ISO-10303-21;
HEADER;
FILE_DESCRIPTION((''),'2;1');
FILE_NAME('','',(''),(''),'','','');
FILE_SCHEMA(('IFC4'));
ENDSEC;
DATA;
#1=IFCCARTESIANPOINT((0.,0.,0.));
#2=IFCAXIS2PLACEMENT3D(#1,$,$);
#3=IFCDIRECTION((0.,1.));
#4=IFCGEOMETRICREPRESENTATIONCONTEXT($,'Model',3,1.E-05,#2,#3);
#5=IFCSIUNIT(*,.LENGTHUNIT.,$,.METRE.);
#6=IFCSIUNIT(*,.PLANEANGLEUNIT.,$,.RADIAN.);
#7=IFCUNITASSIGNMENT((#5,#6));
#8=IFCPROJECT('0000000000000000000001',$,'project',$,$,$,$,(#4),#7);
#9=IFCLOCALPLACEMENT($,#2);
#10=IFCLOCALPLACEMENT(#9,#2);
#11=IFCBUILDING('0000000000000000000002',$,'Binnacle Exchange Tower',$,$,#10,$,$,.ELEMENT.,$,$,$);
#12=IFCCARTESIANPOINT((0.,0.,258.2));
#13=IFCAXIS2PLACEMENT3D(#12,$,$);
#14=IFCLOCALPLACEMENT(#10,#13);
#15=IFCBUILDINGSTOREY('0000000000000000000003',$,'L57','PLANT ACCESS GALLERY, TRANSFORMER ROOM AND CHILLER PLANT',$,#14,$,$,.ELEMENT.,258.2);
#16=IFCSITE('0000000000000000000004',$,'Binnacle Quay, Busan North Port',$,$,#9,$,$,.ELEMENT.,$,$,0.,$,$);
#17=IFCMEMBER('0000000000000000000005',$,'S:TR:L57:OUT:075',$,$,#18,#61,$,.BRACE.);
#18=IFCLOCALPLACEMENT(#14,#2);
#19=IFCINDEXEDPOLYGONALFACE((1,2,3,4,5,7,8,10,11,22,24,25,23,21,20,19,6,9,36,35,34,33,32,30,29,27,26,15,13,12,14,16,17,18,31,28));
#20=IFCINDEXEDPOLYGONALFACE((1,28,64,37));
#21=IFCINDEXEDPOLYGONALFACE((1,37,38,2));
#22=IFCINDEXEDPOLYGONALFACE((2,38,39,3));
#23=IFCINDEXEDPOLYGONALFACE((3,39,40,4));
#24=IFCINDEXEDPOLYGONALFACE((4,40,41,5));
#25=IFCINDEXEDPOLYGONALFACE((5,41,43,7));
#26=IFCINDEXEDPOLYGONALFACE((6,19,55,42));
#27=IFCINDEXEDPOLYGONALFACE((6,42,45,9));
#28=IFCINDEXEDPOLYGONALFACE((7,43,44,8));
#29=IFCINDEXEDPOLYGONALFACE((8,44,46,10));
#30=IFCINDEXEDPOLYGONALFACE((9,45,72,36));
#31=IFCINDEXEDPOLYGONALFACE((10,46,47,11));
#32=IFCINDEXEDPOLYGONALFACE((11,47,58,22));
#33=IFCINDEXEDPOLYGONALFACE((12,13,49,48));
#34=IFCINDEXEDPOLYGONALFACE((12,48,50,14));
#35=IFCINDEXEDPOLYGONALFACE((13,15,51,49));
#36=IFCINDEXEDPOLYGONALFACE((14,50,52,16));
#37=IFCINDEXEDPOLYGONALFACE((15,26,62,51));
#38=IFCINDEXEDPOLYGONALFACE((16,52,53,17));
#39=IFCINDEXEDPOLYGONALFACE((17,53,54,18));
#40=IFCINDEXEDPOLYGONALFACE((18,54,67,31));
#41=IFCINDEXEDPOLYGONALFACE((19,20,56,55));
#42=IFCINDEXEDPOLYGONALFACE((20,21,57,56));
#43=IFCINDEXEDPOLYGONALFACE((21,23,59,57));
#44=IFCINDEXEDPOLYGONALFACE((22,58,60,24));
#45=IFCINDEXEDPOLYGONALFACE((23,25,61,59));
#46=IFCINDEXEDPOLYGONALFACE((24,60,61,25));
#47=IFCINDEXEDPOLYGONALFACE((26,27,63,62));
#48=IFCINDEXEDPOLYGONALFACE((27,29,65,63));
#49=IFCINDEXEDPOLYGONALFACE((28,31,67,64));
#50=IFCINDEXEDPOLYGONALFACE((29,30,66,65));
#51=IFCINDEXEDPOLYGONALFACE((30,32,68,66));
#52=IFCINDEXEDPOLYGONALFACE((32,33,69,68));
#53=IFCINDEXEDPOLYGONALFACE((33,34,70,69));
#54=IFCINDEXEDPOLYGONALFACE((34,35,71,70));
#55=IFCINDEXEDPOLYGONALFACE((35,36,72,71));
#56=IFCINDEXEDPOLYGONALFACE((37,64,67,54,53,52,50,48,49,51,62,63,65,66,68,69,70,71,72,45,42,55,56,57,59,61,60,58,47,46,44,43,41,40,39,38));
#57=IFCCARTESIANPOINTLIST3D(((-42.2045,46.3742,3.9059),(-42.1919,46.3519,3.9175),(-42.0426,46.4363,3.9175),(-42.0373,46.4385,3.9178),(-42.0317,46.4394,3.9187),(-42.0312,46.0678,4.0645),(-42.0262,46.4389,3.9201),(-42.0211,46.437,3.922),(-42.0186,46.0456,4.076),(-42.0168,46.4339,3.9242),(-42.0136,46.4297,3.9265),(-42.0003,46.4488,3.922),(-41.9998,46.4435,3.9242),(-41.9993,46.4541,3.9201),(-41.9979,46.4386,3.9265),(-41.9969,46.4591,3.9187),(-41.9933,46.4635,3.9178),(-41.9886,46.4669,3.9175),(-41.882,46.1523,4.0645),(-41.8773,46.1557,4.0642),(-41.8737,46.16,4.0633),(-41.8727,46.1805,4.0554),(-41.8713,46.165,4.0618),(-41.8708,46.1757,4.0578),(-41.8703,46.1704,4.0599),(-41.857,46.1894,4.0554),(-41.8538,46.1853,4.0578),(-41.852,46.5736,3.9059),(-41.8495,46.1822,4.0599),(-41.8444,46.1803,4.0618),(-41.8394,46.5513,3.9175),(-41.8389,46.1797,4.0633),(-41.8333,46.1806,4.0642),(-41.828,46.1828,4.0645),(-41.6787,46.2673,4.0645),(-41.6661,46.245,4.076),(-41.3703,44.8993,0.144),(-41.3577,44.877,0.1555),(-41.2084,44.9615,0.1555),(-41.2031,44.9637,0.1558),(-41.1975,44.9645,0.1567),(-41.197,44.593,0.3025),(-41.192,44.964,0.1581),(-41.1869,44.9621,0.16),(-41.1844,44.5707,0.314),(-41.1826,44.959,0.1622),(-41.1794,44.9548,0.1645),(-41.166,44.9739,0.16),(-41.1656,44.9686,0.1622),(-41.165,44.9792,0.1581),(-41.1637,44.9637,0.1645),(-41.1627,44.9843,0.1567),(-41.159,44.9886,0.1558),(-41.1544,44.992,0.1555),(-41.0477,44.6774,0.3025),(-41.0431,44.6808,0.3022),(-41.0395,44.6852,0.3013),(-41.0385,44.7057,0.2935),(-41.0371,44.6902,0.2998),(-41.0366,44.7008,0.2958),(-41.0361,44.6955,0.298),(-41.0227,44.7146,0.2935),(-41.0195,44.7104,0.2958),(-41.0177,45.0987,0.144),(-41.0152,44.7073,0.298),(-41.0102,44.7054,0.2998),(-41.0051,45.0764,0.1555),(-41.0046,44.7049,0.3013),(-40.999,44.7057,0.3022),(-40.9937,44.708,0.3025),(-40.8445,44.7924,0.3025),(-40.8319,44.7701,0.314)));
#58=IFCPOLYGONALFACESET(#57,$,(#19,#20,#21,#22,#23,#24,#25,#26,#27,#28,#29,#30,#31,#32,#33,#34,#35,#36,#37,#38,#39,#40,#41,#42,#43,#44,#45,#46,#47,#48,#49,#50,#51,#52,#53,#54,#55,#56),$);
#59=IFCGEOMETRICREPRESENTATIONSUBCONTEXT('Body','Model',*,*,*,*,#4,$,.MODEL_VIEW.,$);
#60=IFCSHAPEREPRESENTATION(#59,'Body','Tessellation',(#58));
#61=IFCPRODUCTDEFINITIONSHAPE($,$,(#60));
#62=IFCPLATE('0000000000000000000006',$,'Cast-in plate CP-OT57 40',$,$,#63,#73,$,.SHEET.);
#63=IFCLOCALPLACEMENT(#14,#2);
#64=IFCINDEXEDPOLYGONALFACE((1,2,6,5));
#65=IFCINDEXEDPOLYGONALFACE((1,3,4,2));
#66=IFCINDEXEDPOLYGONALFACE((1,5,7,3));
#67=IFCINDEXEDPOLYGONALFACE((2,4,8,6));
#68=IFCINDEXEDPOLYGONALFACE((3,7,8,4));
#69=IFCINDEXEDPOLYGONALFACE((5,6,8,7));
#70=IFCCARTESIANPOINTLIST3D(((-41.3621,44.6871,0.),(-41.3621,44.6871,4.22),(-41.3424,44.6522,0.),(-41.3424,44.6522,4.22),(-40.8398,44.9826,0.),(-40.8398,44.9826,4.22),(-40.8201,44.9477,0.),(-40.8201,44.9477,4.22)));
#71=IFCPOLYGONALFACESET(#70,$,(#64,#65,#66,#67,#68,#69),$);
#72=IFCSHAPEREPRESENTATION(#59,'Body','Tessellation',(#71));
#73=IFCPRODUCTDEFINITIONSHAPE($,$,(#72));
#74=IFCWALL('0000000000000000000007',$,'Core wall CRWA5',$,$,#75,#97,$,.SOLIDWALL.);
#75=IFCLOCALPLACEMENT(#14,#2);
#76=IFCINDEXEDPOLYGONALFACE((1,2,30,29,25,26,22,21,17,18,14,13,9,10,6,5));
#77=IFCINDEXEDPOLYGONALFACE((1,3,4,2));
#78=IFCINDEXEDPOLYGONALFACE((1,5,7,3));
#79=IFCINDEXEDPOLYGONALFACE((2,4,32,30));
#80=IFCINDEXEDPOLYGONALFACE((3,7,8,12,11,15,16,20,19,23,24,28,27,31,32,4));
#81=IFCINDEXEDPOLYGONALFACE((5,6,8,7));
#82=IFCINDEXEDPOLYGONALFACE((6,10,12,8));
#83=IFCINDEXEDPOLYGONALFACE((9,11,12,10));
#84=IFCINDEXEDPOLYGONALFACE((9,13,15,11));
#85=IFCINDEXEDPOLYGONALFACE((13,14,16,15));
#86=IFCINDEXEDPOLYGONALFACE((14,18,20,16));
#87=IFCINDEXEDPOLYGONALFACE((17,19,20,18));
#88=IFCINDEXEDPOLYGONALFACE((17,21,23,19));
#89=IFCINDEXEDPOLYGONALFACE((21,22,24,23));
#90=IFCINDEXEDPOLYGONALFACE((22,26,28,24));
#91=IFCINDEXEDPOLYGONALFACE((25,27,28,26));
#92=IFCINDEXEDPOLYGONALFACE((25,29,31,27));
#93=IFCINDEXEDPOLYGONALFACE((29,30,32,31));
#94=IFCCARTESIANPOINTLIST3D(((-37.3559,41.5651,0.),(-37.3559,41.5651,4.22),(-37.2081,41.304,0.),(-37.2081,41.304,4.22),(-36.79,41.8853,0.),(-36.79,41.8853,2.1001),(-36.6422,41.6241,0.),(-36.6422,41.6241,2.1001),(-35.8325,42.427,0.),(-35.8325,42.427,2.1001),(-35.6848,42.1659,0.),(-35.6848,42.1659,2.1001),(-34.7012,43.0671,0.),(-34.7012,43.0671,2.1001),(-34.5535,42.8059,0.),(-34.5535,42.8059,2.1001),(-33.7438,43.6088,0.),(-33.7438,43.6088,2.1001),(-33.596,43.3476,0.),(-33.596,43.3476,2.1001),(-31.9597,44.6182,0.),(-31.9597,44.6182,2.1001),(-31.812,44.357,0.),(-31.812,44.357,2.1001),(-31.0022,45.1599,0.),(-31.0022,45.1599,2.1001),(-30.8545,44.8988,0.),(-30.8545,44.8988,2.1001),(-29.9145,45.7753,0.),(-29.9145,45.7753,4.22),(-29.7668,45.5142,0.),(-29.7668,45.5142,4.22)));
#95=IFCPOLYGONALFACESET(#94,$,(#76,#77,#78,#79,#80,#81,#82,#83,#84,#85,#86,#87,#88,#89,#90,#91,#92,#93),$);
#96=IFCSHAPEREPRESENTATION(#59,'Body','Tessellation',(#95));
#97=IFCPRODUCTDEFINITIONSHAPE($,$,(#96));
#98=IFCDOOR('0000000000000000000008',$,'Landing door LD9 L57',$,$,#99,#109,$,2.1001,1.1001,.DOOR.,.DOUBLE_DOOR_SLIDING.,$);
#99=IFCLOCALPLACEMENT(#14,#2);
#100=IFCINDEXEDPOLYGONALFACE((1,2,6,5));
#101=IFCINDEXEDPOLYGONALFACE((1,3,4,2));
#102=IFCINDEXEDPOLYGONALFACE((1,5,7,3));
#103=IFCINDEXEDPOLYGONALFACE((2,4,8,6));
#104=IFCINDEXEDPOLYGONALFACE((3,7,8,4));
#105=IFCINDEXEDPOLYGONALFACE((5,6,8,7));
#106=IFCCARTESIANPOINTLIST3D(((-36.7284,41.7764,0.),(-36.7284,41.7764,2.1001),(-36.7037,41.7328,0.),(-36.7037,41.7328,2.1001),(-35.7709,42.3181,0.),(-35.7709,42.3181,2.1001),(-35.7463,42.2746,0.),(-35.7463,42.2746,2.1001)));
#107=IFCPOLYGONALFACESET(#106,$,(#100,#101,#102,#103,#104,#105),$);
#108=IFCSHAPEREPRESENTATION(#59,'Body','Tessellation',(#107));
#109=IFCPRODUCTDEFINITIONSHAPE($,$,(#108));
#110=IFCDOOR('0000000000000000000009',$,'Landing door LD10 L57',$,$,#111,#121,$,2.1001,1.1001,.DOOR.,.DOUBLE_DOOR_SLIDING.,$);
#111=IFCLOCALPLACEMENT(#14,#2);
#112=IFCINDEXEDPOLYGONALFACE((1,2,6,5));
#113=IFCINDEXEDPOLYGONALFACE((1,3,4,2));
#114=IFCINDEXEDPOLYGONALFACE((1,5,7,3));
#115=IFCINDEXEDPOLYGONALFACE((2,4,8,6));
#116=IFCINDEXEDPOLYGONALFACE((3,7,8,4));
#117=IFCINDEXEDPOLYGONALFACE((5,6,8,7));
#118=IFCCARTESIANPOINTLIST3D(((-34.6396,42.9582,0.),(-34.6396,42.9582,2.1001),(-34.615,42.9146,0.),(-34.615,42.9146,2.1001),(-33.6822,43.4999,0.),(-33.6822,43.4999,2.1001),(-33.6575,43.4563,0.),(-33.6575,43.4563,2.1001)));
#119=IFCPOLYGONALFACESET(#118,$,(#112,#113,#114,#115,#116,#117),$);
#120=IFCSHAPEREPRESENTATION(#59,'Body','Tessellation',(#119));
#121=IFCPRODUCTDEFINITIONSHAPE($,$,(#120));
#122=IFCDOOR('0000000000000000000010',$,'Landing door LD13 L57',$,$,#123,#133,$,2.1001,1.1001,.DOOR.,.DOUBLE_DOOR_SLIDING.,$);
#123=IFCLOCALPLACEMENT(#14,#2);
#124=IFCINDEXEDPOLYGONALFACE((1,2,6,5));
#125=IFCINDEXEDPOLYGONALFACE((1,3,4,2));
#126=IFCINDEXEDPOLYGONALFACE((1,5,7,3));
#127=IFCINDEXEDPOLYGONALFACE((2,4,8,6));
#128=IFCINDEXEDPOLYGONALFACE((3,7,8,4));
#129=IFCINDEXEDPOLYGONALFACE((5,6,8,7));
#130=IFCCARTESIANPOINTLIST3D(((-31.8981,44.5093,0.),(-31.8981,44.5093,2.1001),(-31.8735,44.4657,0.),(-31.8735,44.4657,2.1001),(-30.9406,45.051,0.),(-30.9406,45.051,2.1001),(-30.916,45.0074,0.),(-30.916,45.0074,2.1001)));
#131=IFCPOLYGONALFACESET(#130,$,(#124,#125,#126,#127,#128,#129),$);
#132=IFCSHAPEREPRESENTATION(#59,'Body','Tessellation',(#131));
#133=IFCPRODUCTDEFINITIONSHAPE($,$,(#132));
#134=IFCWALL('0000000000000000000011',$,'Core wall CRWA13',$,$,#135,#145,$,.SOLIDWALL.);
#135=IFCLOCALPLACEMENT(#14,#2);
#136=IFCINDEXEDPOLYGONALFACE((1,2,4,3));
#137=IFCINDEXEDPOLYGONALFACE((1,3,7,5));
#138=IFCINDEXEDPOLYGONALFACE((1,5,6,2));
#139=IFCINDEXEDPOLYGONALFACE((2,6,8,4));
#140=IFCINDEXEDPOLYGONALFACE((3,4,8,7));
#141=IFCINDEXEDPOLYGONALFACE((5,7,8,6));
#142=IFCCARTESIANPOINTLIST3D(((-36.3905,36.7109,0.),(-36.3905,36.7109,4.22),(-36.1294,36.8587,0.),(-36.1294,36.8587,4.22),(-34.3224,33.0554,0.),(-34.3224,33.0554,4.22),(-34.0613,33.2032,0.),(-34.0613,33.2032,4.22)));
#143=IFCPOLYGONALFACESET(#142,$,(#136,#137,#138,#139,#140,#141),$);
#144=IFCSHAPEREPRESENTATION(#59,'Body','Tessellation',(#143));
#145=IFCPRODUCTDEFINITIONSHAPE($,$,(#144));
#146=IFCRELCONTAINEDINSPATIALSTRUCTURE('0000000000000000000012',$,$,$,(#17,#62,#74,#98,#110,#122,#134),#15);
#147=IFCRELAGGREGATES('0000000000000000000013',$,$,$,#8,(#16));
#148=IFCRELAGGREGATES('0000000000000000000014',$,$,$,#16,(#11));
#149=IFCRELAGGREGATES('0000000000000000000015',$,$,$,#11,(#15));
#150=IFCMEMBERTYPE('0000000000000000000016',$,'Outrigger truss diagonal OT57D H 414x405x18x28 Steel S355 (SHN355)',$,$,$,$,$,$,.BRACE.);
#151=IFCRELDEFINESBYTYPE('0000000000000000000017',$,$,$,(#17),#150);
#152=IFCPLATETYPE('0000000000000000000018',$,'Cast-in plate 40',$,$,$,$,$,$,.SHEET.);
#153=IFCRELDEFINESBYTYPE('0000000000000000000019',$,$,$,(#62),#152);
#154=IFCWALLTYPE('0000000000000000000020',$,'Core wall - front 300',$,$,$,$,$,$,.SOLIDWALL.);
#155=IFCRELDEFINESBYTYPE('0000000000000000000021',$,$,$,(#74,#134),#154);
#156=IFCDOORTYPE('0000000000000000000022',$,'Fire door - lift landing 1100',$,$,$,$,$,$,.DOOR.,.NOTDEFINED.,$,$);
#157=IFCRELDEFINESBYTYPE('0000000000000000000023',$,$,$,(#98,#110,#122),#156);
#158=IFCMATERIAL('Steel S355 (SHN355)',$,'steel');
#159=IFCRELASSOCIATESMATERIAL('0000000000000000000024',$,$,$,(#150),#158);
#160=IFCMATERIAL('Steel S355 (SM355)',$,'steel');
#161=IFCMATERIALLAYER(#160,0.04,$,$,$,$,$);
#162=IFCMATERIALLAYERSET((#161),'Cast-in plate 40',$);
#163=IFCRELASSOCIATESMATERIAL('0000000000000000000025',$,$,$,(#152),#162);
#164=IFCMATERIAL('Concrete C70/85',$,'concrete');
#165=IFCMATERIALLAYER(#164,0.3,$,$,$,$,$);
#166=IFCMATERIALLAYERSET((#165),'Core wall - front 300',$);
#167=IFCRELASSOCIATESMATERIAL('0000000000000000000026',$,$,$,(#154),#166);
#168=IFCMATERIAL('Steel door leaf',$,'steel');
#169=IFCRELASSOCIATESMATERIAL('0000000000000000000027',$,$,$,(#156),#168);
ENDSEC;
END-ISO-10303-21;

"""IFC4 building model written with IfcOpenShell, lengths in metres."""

from ifc_helpers import new_model, si_unit, direction, frame, frame_2d, origin, origin_2d, place, context, subcontext, project, spatial, rectangle, i_section, extrude, material, layer, layer_set, material_profile, profile_set, type_object, element, fill, save


model = new_model("IFC4")

# Units and contexts
model_context = context("Model", 3, precision=1e-05, world=origin(), true_north=direction((0.0, 1.0)))
body_context = subcontext(model_context, "Body", "Model", "MODEL_VIEW")
ifc_project = project(units=[si_unit("LENGTHUNIT", "METRE"), si_unit("PLANEANGLEUNIT", "RADIAN")], contexts=[model_context])

# Site, building, storey
site_placement = place(None, origin())
site = spatial("IfcSite", under=ifc_project, at=site_placement, Name="Binnacle Quay, Busan North Port", CompositionType="ELEMENT", RefElevation=0.0)
building_placement = place(site_placement, origin())
building = spatial("IfcBuilding", under=site, at=building_placement, Name="Binnacle Exchange Tower", CompositionType="ELEMENT")
storey_placement = place(building_placement, frame((0.0, 0.0, 258.2)))
storey = spatial("IfcBuildingStorey", under=building, at=storey_placement, Name="L57", Description="PLANT ACCESS GALLERY, TRANSFORMER ROOM AND CHILLER PLANT", CompositionType="ELEMENT", Elevation=258.2)

# Shared definitions
ifc_material_1 = material(Name="Steel S355 (SHN355)", Category="steel")

# Member
ifc_material_profile_1 = material_profile(ifc_material_1, i_section(OverallWidth=0.405, OverallDepth=0.4141, WebThickness=0.0181, FlangeThickness=0.0281, FilletRadius=0.022, at=origin_2d()), Name="H 414x405x18x28")
ifc_profile_set_1 = profile_set([ifc_material_profile_1], Name="Steel S355 (SHN355)")
member_type_1 = type_object("IfcMemberType", Name="Outrigger truss diagonal OT57D H 414x405x18x28 Steel S355 (SHN355)", PredefinedType="BRACE", material=ifc_profile_set_1)
member_1_placement = place(storey_placement, frame((-41.9353, 46.3096, 3.991), z_axis=(0.20219, -0.357458, -0.91178), x_axis=(0.870407, 0.492333, 0.0)))
element("IfcMember", 1, at=member_1_placement, inside=storey, type_object=member_type_1, Name="S:TR:L57:OUT:075", PredefinedType="BRACE", context=body_context, shape_type="SweptSolid", body=[
    extrude(i_section(OverallWidth=0.405, OverallDepth=0.4141, WebThickness=0.0181, FlangeThickness=0.0281, FilletRadius=0.022, at=origin_2d()), origin(), (0.0, 0.0, 1.0), 4.126),
])

# Plate
ifc_material_2 = material(Name="Steel S355 (SM355)", Category="steel")
ifc_layer_1 = layer(ifc_material_2, 0.04)
ifc_layer_set_1 = layer_set([ifc_layer_1], Name="Cast-in plate 40")
plate_type = type_object("IfcPlateType", Name="Cast-in plate 40", PredefinedType="SHEET", material=ifc_layer_set_1)
plate_placement = place(storey_placement, frame((-41.0911, 44.8174, 0.0), z_axis=(0.0, 0.0, 1.0), x_axis=(0.492424, -0.870356, 0.0)))
element("IfcPlate", 2, at=plate_placement, inside=storey, type_object=plate_type, Name="Cast-in plate CP-OT57 40", PredefinedType="SHEET", context=body_context, shape_type="SweptSolid", body=[
    extrude(rectangle(XDim=0.04, YDim=0.6001, at=origin_2d()), origin(), (0.0, 0.0, 1.0), 4.22),
])

# Wall, openings, doors
ifc_material_3 = material(Name="Concrete C70/85", Category="concrete")
ifc_layer_2 = layer(ifc_material_3, 0.3)
ifc_layer_set_2 = layer_set([ifc_layer_2], Name="Core wall - front 300")
wall_type_1 = type_object("IfcWallType", Name="Core wall - front 300", PredefinedType="SOLIDWALL", material=ifc_layer_set_2)
wall_1_placement = place(storey_placement, frame((-37.282, 41.4346, 0.0), z_axis=(0.0, 0.0, 1.0), x_axis=(0.870353, 0.492429, 0.0)))
wall_1 = element("IfcWall", 3, at=wall_1_placement, inside=storey, type_object=wall_type_1, Name="Core wall CRWA5", PredefinedType="SOLIDWALL", context=body_context, shape_type="SweptSolid", body=[
    extrude(rectangle(XDim=8.5498, YDim=0.3, at=frame_2d((4.2749, 0.0))), origin(), (0.0, 0.0, 1.0), 4.22),
])
opening_1_placement = place(wall_1_placement, frame((0.6501, 0.0, 0.0)))
opening_1 = element("IfcOpeningElement", 4, at=opening_1_placement, cuts=wall_1, PredefinedType="OPENING", context=body_context, shape_type="SweptSolid", body=[
    extrude(rectangle(XDim=1.1001, YDim=2.1001, at=frame_2d((0.55, 1.05))), frame((0.0, 0.1599, 0.0), z_axis=(0.0, -1.0, 0.0), x_axis=(1.0, 0.0, 0.0)), (0.0, 0.0, 1.0), 0.3201),
])
opening_2_placement = place(wall_1_placement, frame((3.05, 0.0, 0.0)))
opening_2 = element("IfcOpeningElement", 5, at=opening_2_placement, cuts=wall_1, PredefinedType="OPENING", context=body_context, shape_type="SweptSolid", body=[
    extrude(rectangle(XDim=1.1001, YDim=2.1001, at=frame_2d((0.55, 1.05))), frame((0.0, 0.1599, 0.0), z_axis=(0.0, -1.0, 0.0), x_axis=(1.0, 0.0, 0.0)), (0.0, 0.0, 1.0), 0.3201),
])
opening_3_placement = place(wall_1_placement, frame((6.2, 0.0, 0.0)))
opening_3 = element("IfcOpeningElement", 6, at=opening_3_placement, cuts=wall_1, PredefinedType="OPENING", context=body_context, shape_type="SweptSolid", body=[
    extrude(rectangle(XDim=1.1001, YDim=2.1001, at=frame_2d((0.55, 1.05))), frame((0.0, 0.1599, 0.0), z_axis=(0.0, -1.0, 0.0), x_axis=(1.0, 0.0, 0.0)), (0.0, 0.0, 1.0), 0.3201),
])
ifc_material_4 = material(Name="Steel door leaf", Category="steel")
door_type_1 = type_object("IfcDoorType", Name="Fire door - lift landing 1100", OperationType="NOTDEFINED", PredefinedType="DOOR", material=ifc_material_4)
door_1_placement = place(opening_1_placement, origin())
door_1 = element("IfcDoor", 7, at=door_1_placement, inside=storey, type_object=door_type_1, Name="Landing door LD9 L57", OperationType="DOUBLE_DOOR_SLIDING", OverallHeight=2.1001, OverallWidth=1.1001, PredefinedType="DOOR", context=body_context, shape_type="SweptSolid", body=[
    extrude(rectangle(XDim=1.1001, YDim=2.1001, at=frame_2d((0.55, 1.05))), frame((0.0, 0.0249, 0.0), z_axis=(0.0, -1.0, 0.0), x_axis=(1.0, 0.0, 0.0)), (0.0, 0.0, 1.0), 0.05),
])
fill(opening_1, door_1)
door_2_placement = place(opening_2_placement, origin())
door_2 = element("IfcDoor", 8, at=door_2_placement, inside=storey, type_object=door_type_1, Name="Landing door LD10 L57", OperationType="DOUBLE_DOOR_SLIDING", OverallHeight=2.1001, OverallWidth=1.1001, PredefinedType="DOOR", context=body_context, shape_type="SweptSolid", body=[
    extrude(rectangle(XDim=1.1001, YDim=2.1001, at=frame_2d((0.55, 1.05))), frame((0.0, 0.0249, 0.0), z_axis=(0.0, -1.0, 0.0), x_axis=(1.0, 0.0, 0.0)), (0.0, 0.0, 1.0), 0.05),
])
fill(opening_2, door_2)
door_3_placement = place(opening_3_placement, origin())
door_3 = element("IfcDoor", 9, at=door_3_placement, inside=storey, type_object=door_type_1, Name="Landing door LD13 L57", OperationType="DOUBLE_DOOR_SLIDING", OverallHeight=2.1001, OverallWidth=1.1001, PredefinedType="DOOR", context=body_context, shape_type="SweptSolid", body=[
    extrude(rectangle(XDim=1.1001, YDim=2.1001, at=frame_2d((0.55, 1.05))), frame((0.0, 0.0249, 0.0), z_axis=(0.0, -1.0, 0.0), x_axis=(1.0, 0.0, 0.0)), (0.0, 0.0, 1.0), 0.05),
])
fill(opening_3, door_3)

# Wall
wall_2_placement = place(storey_placement, frame((-36.26, 36.7849, 0.0), z_axis=(0.0, 0.0, 1.0), x_axis=(0.49241, -0.870364, 0.0)))
element("IfcWall", 10, at=wall_2_placement, inside=storey, type_object=wall_type_1, Name="Core wall CRWA13", PredefinedType="SOLIDWALL", context=body_context, shape_type="SweptSolid", body=[
    extrude(rectangle(XDim=4.2, YDim=0.3, at=frame_2d((2.1001, 0.0))), origin(), (0.0, 0.0, 1.0), 4.22),
])

save(model, "model.ifc")
